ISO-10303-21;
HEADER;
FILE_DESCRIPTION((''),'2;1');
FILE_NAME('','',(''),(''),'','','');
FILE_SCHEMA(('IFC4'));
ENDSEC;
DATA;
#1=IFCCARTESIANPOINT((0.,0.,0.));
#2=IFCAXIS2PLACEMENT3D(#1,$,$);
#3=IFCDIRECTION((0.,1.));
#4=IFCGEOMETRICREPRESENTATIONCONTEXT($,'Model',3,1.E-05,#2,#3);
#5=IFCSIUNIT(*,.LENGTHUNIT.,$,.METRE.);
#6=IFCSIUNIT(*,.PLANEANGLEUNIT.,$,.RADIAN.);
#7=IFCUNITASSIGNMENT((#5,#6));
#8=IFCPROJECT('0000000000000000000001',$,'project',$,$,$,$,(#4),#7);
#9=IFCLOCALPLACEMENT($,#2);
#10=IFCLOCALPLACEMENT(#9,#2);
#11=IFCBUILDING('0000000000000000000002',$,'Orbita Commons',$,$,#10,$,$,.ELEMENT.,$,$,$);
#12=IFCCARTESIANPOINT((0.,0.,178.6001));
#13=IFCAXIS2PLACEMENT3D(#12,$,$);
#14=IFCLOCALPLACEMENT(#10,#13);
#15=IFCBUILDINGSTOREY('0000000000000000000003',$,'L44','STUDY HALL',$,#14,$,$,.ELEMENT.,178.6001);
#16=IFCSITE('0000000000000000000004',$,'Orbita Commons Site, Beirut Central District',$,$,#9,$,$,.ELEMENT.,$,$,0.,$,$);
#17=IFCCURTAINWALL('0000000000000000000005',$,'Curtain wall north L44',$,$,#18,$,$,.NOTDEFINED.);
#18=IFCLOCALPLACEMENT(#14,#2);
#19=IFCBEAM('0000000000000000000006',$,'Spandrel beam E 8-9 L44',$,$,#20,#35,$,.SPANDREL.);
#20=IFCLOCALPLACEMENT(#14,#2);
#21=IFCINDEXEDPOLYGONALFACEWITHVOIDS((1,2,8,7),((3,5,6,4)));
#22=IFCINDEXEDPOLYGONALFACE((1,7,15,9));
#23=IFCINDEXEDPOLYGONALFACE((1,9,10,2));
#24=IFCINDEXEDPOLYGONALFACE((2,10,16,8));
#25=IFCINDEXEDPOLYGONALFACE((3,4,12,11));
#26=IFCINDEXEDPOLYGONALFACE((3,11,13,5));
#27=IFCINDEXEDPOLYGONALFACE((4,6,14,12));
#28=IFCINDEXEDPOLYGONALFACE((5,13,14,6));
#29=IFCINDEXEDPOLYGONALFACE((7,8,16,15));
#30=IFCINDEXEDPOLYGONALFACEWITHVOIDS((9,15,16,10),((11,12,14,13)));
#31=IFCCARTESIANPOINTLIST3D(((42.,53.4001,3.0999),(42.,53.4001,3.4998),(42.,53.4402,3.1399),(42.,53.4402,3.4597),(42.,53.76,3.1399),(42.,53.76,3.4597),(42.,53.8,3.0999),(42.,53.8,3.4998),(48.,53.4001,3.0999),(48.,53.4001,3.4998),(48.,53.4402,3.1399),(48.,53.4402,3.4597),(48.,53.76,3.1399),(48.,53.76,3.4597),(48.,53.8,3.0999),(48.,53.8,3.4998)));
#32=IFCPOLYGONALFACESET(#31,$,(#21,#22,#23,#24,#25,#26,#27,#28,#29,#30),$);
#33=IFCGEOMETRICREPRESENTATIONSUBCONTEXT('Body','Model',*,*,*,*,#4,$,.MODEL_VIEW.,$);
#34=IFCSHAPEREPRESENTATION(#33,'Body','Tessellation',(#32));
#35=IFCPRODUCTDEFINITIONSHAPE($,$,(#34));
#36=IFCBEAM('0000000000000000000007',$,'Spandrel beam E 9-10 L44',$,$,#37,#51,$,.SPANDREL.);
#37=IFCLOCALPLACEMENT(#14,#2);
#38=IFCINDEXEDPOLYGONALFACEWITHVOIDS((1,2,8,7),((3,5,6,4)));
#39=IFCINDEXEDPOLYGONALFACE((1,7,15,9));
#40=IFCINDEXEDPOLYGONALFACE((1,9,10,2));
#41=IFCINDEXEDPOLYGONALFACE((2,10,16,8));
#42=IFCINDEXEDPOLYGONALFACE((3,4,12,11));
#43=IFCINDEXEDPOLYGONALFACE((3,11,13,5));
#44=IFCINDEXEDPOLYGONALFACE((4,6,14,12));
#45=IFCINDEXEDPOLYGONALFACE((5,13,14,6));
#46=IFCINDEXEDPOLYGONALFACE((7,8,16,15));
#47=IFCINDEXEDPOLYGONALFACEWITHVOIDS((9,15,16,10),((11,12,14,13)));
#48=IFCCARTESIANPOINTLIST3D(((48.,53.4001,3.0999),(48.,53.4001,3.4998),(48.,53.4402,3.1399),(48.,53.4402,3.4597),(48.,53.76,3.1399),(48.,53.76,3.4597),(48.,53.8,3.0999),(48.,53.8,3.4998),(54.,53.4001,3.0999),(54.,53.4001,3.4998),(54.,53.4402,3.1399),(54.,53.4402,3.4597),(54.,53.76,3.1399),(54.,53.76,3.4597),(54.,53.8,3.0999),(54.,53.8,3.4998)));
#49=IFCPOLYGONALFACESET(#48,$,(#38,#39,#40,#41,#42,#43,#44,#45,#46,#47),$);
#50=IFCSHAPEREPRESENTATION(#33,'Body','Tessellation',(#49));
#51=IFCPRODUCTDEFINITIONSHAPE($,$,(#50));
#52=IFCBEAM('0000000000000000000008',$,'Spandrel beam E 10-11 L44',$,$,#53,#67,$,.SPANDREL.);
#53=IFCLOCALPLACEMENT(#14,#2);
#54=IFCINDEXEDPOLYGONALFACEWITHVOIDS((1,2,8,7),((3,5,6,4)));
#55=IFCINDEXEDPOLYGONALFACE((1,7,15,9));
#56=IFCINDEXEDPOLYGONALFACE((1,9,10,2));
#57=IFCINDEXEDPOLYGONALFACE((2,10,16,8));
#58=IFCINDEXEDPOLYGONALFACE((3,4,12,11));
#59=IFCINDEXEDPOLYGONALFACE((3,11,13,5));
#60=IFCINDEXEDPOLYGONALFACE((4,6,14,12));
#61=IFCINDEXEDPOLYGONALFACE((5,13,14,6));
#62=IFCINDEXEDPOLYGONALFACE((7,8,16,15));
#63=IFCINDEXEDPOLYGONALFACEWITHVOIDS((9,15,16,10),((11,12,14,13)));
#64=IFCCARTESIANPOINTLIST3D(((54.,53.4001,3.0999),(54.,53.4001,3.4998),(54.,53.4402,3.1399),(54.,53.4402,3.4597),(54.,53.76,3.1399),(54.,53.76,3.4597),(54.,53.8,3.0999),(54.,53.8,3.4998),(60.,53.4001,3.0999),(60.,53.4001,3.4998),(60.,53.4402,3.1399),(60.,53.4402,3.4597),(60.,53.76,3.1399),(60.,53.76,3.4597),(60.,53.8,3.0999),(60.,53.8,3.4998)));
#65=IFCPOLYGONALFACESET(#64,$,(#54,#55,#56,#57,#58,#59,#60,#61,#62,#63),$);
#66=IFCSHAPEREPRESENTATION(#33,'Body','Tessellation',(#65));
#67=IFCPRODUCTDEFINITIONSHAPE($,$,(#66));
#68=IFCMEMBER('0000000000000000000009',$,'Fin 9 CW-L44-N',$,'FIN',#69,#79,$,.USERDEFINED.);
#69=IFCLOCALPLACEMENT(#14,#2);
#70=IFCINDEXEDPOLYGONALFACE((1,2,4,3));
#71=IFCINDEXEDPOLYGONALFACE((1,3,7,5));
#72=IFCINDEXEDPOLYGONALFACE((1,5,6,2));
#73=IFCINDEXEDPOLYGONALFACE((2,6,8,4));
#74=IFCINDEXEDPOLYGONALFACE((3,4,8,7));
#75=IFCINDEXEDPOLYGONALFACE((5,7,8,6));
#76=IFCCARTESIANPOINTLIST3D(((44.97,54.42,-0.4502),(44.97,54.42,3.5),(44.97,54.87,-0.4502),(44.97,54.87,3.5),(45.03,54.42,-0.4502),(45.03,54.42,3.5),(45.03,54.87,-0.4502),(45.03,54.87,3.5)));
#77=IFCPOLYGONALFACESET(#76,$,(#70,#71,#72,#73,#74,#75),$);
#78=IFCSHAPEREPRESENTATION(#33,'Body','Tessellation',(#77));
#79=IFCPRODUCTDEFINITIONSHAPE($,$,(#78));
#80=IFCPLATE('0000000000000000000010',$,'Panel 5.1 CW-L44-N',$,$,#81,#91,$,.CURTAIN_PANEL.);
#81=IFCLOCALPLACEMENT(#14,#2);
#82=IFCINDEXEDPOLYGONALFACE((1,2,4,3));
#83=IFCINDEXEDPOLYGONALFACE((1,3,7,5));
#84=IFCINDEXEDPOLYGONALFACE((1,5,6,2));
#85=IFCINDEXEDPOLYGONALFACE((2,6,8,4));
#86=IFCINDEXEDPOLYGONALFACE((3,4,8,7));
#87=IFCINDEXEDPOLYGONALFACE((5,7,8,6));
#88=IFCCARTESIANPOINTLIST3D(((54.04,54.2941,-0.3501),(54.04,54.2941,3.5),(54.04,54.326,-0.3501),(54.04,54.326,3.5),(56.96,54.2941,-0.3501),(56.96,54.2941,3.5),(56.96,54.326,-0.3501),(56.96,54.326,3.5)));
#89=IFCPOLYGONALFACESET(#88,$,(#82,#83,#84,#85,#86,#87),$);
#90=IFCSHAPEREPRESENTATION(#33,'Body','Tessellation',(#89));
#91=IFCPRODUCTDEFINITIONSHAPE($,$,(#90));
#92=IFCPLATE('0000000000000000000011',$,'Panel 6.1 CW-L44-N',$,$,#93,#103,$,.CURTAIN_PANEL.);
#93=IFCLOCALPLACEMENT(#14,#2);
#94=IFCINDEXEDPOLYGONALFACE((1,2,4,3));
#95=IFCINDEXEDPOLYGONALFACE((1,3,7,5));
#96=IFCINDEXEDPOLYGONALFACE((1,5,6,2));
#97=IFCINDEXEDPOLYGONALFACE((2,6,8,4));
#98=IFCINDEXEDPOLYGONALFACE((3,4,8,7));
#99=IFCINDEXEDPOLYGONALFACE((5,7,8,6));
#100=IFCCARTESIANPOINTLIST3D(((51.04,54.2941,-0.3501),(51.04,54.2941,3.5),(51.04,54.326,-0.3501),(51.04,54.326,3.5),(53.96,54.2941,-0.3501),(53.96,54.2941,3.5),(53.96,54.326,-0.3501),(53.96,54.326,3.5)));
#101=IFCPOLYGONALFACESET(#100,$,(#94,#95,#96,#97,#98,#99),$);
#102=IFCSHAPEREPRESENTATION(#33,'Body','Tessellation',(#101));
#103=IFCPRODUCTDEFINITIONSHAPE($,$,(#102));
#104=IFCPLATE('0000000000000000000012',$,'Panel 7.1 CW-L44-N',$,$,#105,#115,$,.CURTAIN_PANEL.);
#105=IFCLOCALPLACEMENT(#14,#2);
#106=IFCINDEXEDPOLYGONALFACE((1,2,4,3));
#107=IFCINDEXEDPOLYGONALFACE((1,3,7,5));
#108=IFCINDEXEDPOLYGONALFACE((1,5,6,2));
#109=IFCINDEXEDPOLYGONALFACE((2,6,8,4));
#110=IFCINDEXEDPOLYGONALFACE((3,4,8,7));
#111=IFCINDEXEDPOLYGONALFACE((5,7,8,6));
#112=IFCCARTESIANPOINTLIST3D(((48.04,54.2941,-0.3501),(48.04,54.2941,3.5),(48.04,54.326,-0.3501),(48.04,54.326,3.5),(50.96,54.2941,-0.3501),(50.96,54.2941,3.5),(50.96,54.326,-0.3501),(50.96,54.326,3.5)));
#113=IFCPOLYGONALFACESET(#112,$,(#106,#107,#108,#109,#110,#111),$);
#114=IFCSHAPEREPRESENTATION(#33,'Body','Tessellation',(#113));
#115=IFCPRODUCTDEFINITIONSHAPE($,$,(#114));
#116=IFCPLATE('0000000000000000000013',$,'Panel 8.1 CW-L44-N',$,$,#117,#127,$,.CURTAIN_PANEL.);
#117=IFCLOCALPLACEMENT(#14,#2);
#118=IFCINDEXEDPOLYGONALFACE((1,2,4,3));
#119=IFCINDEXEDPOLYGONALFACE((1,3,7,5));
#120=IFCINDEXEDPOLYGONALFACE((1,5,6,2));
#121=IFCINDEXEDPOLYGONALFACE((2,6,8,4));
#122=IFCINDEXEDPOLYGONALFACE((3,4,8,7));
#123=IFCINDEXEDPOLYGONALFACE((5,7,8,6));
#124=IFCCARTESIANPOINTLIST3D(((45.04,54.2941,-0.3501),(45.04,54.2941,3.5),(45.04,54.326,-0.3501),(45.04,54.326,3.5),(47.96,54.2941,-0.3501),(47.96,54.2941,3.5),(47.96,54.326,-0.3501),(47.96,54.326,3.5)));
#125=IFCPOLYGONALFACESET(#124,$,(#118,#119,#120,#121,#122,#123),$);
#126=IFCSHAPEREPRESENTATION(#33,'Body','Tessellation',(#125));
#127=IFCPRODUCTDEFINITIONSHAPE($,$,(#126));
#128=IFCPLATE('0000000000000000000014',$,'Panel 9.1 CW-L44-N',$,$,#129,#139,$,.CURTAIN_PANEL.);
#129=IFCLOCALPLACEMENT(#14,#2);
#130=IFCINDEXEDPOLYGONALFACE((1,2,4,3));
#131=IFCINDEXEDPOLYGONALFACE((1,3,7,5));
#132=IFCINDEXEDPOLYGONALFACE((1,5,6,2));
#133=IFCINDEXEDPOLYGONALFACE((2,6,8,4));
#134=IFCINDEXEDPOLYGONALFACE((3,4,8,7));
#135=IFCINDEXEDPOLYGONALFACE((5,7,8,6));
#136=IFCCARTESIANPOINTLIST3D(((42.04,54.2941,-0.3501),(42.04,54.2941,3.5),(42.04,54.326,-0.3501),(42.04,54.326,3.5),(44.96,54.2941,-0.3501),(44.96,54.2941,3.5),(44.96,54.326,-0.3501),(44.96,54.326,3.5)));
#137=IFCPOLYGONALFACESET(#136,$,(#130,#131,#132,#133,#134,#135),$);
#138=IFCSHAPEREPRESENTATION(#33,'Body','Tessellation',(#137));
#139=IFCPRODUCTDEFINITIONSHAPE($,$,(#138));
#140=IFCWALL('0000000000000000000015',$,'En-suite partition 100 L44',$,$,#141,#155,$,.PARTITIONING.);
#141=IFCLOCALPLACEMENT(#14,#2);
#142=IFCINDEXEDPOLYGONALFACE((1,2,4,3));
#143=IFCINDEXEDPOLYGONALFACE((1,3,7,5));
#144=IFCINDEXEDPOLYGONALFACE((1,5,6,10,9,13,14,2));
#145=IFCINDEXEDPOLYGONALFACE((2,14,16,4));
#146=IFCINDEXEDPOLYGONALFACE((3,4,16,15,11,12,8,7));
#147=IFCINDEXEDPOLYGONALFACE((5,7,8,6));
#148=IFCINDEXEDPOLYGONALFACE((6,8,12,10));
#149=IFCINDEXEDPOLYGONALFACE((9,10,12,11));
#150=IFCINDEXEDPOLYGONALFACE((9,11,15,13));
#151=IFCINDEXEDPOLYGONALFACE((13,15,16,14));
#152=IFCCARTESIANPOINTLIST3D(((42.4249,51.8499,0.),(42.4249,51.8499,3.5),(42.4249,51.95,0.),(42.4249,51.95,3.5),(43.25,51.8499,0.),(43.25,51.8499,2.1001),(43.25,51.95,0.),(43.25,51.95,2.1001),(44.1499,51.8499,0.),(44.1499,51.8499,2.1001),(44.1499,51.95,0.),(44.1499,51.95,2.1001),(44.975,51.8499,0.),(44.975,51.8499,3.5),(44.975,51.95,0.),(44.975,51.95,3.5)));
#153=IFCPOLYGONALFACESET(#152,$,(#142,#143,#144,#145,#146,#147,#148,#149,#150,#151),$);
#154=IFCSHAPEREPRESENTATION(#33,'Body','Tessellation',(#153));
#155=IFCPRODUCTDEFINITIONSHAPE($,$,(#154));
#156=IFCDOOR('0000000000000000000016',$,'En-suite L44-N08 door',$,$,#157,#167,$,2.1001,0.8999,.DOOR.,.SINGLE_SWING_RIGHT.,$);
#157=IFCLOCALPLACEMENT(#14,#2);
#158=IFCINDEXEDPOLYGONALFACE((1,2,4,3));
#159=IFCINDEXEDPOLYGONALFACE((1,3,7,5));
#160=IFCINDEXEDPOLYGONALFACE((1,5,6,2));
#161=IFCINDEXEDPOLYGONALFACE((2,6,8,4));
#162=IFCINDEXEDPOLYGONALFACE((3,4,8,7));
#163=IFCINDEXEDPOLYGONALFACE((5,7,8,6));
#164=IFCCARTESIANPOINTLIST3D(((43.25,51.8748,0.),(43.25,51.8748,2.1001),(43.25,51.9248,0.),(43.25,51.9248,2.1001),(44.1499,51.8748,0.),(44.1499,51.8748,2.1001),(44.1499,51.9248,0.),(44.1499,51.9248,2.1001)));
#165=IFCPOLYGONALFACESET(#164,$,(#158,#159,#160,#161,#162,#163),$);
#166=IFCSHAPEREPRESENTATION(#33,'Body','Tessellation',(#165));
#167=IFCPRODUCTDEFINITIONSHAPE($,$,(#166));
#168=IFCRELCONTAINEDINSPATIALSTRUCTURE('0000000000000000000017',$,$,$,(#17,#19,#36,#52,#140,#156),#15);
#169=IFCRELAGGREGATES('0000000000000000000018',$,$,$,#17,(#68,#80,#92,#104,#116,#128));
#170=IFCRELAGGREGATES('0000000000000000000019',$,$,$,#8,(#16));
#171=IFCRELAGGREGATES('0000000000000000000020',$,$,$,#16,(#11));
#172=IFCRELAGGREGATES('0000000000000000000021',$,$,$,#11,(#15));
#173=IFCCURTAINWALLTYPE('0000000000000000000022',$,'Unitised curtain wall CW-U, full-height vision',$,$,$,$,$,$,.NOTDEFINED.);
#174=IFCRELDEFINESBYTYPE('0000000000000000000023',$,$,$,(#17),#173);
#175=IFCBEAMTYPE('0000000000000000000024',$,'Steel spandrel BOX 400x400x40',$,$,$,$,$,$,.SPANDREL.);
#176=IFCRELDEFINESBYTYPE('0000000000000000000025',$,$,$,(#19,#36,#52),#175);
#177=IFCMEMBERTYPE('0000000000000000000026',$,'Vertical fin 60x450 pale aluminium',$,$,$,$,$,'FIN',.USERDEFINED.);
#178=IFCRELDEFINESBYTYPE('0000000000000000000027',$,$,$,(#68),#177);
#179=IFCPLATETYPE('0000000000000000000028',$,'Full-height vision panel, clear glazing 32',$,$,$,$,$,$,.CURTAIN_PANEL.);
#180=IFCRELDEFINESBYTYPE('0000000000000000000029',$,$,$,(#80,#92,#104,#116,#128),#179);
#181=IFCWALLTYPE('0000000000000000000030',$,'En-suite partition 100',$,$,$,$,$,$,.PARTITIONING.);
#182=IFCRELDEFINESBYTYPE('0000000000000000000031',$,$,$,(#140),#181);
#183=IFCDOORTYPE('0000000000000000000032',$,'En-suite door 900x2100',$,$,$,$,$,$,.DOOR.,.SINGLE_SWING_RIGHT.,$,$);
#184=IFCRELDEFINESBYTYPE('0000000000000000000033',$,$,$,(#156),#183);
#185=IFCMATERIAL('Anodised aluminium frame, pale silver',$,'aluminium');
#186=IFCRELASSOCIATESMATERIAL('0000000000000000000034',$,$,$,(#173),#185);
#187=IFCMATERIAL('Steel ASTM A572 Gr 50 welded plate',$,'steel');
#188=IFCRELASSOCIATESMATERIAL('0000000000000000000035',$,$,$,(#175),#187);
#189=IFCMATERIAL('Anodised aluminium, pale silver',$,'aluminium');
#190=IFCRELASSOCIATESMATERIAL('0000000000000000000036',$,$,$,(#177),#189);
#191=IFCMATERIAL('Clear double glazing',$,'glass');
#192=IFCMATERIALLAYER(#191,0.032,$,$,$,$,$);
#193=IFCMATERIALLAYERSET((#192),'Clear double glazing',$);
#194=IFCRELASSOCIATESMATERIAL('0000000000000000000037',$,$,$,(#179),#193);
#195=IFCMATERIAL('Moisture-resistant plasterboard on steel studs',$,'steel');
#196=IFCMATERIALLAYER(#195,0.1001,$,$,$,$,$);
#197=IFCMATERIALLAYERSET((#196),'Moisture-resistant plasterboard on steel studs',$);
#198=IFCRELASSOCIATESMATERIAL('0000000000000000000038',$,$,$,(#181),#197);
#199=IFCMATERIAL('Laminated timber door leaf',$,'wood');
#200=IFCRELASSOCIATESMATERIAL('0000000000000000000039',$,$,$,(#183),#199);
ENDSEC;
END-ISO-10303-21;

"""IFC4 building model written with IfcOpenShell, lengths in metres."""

from ifc_helpers import new_model, si_unit, direction, frame, frame_2d, origin, origin_2d, place, context, subcontext, project, spatial, rectangle, hollow_rectangle, extrude, material, layer, layer_set, material_profile, profile_set, type_object, element, fill, aggregate, save


model = new_model("IFC4")

# Units and contexts
model_context = context("Model", 3, precision=1e-05, world=origin(), true_north=direction((0.0, 1.0)))
body_context = subcontext(model_context, "Body", "Model", "MODEL_VIEW")
ifc_project = project(units=[si_unit("LENGTHUNIT", "METRE"), si_unit("PLANEANGLEUNIT", "RADIAN")], contexts=[model_context])

# Site, building, storey
site_placement = place(None, origin())
site = spatial("IfcSite", under=ifc_project, at=site_placement, Name="Orbita Commons Site, Beirut Central District", CompositionType="ELEMENT", RefElevation=0.0)
building_placement = place(site_placement, origin())
building = spatial("IfcBuilding", under=site, at=building_placement, Name="Orbita Commons", CompositionType="ELEMENT")
storey_placement = place(building_placement, frame((0.0, 0.0, 178.6001)))
storey = spatial("IfcBuildingStorey", under=building, at=storey_placement, Name="L44", Description="STUDY HALL", CompositionType="ELEMENT", Elevation=178.6001)

# Curtain wall
ifc_material_1 = material(Name="Anodised aluminium frame, pale silver", Category="aluminium")
curtain_wall_type = type_object("IfcCurtainWallType", Name="Unitised curtain wall CW-U, full-height vision", PredefinedType="NOTDEFINED", material=ifc_material_1)
curtain_wall_placement = place(storey_placement, origin())
curtain_wall = element("IfcCurtainWall", 1, at=curtain_wall_placement, inside=storey, type_object=curtain_wall_type, Name="Curtain wall north L44", PredefinedType="NOTDEFINED")

# Beams
ifc_material_2 = material(Name="Steel ASTM A572 Gr 50 welded plate", Category="steel")
ifc_material_profile_1 = material_profile(ifc_material_2, hollow_rectangle(XDim=0.3999, YDim=0.3999, WallThickness=0.04, at=origin_2d()), Name="BOX 400x400x40")
ifc_profile_set_1 = profile_set([ifc_material_profile_1], Name="Steel ASTM A572 Gr 50 welded plate")
beam_type = type_object("IfcBeamType", Name="Steel spandrel BOX 400x400x40", PredefinedType="SPANDREL", material=ifc_profile_set_1)
for number, where, z_axis, x_axis, name in (
    (2, (42.0, 53.6001, 3.2998), (1.0, 0.0, 0.0), (0.0, 1.0, 0.0), "Spandrel beam E 8-9 L44"),
    (3, (48.0, 53.6001, 3.2998), (1.0, 0.0, 0.0), (0.0, 1.0, 0.0), "Spandrel beam E 9-10 L44"),
    (4, (54.0, 53.6001, 3.2998), (1.0, 0.0, 0.0), (0.0, 1.0, 0.0), "Spandrel beam E 10-11 L44"),
):
    element("IfcBeam", number, at=place(storey_placement, frame(where, z_axis=z_axis, x_axis=x_axis)), inside=storey, type_object=beam_type, Name=name, PredefinedType="SPANDREL", context=body_context, shape_type="SweptSolid", body=[
        extrude(hollow_rectangle(XDim=0.3999, YDim=0.3999, WallThickness=0.04, at=origin_2d()), origin(), (0.0, 0.0, 1.0), 6.0),
    ])

# Member
ifc_material_3 = material(Name="Anodised aluminium, pale silver", Category="aluminium")
ifc_material_profile_2 = material_profile(ifc_material_3, rectangle(XDim=0.0601, YDim=0.45, at=origin_2d()), Name="FIN 60x450")
ifc_profile_set_2 = profile_set([ifc_material_profile_2], Name="Anodised aluminium, pale silver")
member_type_1 = type_object("IfcMemberType", Name="Vertical fin 60x450 pale aluminium", ElementType="FIN", PredefinedType="USERDEFINED", material=ifc_profile_set_2)
member_1_placement = place(storey_placement, frame((45.0, 54.645, -0.4502), z_axis=(0.0, 0.0, 1.0), x_axis=(-1.0, 0.0, 0.0)))
member_1 = element("IfcMember", 5, at=member_1_placement, type_object=member_type_1, Name="Fin 9 CW-L44-N", ObjectType="FIN", PredefinedType="USERDEFINED", context=body_context, shape_type="SweptSolid", body=[
    extrude(rectangle(XDim=0.0601, YDim=0.45, at=origin_2d()), origin(), (0.0, 0.0, 1.0), 3.9502),
])

# Plates
ifc_material_4 = material(Name="Clear double glazing", Category="glass")
ifc_layer_1 = layer(ifc_material_4, 0.032)
ifc_layer_set_1 = layer_set([ifc_layer_1], Name="Clear double glazing")
plate_type = type_object("IfcPlateType", Name="Full-height vision panel, clear glazing 32", PredefinedType="CURTAIN_PANEL", material=ifc_layer_set_1)
plate_1_placement = place(storey_placement, frame((55.5, 54.3101, -0.3501), z_axis=(0.0, 0.0, 1.0), x_axis=(-1.0, 0.0, 0.0)))
plate_1 = element("IfcPlate", 6, at=plate_1_placement, type_object=plate_type, Name="Panel 5.1 CW-L44-N", PredefinedType="CURTAIN_PANEL", context=body_context, shape_type="SweptSolid", body=[
    extrude(rectangle(XDim=2.9199, YDim=0.032, at=origin_2d()), origin(), (0.0, 0.0, 1.0), 3.8501),
])
plate_2_placement = place(storey_placement, frame((52.5, 54.3101, -0.3501), z_axis=(0.0, 0.0, 1.0), x_axis=(-1.0, 0.0, 0.0)))
plate_2 = element("IfcPlate", 7, at=plate_2_placement, type_object=plate_type, Name="Panel 6.1 CW-L44-N", PredefinedType="CURTAIN_PANEL", context=body_context, shape_type="SweptSolid", body=[
    extrude(rectangle(XDim=2.9199, YDim=0.032, at=origin_2d()), origin(), (0.0, 0.0, 1.0), 3.8501),
])
plate_3_placement = place(storey_placement, frame((49.5, 54.3101, -0.3501), z_axis=(0.0, 0.0, 1.0), x_axis=(-1.0, 0.0, 0.0)))
plate_3 = element("IfcPlate", 8, at=plate_3_placement, type_object=plate_type, Name="Panel 7.1 CW-L44-N", PredefinedType="CURTAIN_PANEL", context=body_context, shape_type="SweptSolid", body=[
    extrude(rectangle(XDim=2.9199, YDim=0.032, at=origin_2d()), origin(), (0.0, 0.0, 1.0), 3.8501),
])
plate_4_placement = place(storey_placement, frame((46.5, 54.3101, -0.3501), z_axis=(0.0, 0.0, 1.0), x_axis=(-1.0, 0.0, 0.0)))
plate_4 = element("IfcPlate", 9, at=plate_4_placement, type_object=plate_type, Name="Panel 8.1 CW-L44-N", PredefinedType="CURTAIN_PANEL", context=body_context, shape_type="SweptSolid", body=[
    extrude(rectangle(XDim=2.9199, YDim=0.032, at=origin_2d()), origin(), (0.0, 0.0, 1.0), 3.8501),
])
plate_5_placement = place(storey_placement, frame((43.5, 54.3101, -0.3501), z_axis=(0.0, 0.0, 1.0), x_axis=(-1.0, 0.0, 0.0)))
plate_5 = element("IfcPlate", 10, at=plate_5_placement, type_object=plate_type, Name="Panel 9.1 CW-L44-N", PredefinedType="CURTAIN_PANEL", context=body_context, shape_type="SweptSolid", body=[
    extrude(rectangle(XDim=2.9199, YDim=0.032, at=origin_2d()), origin(), (0.0, 0.0, 1.0), 3.8501),
])
aggregate(curtain_wall, [member_1, plate_1, plate_2, plate_3, plate_4, plate_5])

# Wall, opening, door
ifc_material_5 = material(Name="Moisture-resistant plasterboard on steel studs", Category="steel")
ifc_layer_2 = layer(ifc_material_5, 0.1001)
ifc_layer_set_2 = layer_set([ifc_layer_2], Name="Moisture-resistant plasterboard on steel studs")
wall_type_1 = type_object("IfcWallType", Name="En-suite partition 100", PredefinedType="PARTITIONING", material=ifc_layer_set_2)
wall_1_placement = place(storey_placement, frame((42.425, 51.8999, 0.0), z_axis=(0.0, 0.0, 1.0), x_axis=(1.0, 0.0, 0.0)))
wall_1 = element("IfcWall", 11, at=wall_1_placement, inside=storey, type_object=wall_type_1, Name="En-suite partition 100 L44", PredefinedType="PARTITIONING", context=body_context, shape_type="SweptSolid", body=[
    extrude(rectangle(XDim=2.55, YDim=0.1001, at=frame_2d((1.2749, 0.0))), origin(), (0.0, 0.0, 1.0), 3.5),
])
opening_1_placement = place(wall_1_placement, frame((0.825, 0.0, 0.0)))
opening_1 = element("IfcOpeningElement", 12, at=opening_1_placement, cuts=wall_1, PredefinedType="OPENING", context=body_context, shape_type="SweptSolid", body=[
    extrude(rectangle(XDim=0.8999, YDim=2.1001, at=frame_2d((0.45, 1.05))), frame((0.0, 0.0601, 0.0), z_axis=(0.0, -1.0, 0.0), x_axis=(1.0, 0.0, 0.0)), (0.0, 0.0, 1.0), 0.1201),
])
ifc_material_6 = material(Name="Laminated timber door leaf", Category="wood")
door_type = type_object("IfcDoorType", Name="En-suite door 900x2100", OperationType="SINGLE_SWING_RIGHT", PredefinedType="DOOR", material=ifc_material_6)
door_1_placement = place(opening_1_placement, origin())
door_1 = element("IfcDoor", 13, at=door_1_placement, inside=storey, type_object=door_type, Name="En-suite L44-N08 door", OperationType="SINGLE_SWING_RIGHT", OverallHeight=2.1001, OverallWidth=0.8999, PredefinedType="DOOR", context=body_context, shape_type="SweptSolid", body=[
    extrude(rectangle(XDim=0.8999, YDim=2.1001, at=frame_2d((0.45, 1.05))), frame((0.0, 0.0249, 0.0), z_axis=(0.0, -1.0, 0.0), x_axis=(1.0, 0.0, 0.0)), (0.0, 0.0, 1.0), 0.05),
])
fill(opening_1, door_1)

save(model, "model.ifc")
